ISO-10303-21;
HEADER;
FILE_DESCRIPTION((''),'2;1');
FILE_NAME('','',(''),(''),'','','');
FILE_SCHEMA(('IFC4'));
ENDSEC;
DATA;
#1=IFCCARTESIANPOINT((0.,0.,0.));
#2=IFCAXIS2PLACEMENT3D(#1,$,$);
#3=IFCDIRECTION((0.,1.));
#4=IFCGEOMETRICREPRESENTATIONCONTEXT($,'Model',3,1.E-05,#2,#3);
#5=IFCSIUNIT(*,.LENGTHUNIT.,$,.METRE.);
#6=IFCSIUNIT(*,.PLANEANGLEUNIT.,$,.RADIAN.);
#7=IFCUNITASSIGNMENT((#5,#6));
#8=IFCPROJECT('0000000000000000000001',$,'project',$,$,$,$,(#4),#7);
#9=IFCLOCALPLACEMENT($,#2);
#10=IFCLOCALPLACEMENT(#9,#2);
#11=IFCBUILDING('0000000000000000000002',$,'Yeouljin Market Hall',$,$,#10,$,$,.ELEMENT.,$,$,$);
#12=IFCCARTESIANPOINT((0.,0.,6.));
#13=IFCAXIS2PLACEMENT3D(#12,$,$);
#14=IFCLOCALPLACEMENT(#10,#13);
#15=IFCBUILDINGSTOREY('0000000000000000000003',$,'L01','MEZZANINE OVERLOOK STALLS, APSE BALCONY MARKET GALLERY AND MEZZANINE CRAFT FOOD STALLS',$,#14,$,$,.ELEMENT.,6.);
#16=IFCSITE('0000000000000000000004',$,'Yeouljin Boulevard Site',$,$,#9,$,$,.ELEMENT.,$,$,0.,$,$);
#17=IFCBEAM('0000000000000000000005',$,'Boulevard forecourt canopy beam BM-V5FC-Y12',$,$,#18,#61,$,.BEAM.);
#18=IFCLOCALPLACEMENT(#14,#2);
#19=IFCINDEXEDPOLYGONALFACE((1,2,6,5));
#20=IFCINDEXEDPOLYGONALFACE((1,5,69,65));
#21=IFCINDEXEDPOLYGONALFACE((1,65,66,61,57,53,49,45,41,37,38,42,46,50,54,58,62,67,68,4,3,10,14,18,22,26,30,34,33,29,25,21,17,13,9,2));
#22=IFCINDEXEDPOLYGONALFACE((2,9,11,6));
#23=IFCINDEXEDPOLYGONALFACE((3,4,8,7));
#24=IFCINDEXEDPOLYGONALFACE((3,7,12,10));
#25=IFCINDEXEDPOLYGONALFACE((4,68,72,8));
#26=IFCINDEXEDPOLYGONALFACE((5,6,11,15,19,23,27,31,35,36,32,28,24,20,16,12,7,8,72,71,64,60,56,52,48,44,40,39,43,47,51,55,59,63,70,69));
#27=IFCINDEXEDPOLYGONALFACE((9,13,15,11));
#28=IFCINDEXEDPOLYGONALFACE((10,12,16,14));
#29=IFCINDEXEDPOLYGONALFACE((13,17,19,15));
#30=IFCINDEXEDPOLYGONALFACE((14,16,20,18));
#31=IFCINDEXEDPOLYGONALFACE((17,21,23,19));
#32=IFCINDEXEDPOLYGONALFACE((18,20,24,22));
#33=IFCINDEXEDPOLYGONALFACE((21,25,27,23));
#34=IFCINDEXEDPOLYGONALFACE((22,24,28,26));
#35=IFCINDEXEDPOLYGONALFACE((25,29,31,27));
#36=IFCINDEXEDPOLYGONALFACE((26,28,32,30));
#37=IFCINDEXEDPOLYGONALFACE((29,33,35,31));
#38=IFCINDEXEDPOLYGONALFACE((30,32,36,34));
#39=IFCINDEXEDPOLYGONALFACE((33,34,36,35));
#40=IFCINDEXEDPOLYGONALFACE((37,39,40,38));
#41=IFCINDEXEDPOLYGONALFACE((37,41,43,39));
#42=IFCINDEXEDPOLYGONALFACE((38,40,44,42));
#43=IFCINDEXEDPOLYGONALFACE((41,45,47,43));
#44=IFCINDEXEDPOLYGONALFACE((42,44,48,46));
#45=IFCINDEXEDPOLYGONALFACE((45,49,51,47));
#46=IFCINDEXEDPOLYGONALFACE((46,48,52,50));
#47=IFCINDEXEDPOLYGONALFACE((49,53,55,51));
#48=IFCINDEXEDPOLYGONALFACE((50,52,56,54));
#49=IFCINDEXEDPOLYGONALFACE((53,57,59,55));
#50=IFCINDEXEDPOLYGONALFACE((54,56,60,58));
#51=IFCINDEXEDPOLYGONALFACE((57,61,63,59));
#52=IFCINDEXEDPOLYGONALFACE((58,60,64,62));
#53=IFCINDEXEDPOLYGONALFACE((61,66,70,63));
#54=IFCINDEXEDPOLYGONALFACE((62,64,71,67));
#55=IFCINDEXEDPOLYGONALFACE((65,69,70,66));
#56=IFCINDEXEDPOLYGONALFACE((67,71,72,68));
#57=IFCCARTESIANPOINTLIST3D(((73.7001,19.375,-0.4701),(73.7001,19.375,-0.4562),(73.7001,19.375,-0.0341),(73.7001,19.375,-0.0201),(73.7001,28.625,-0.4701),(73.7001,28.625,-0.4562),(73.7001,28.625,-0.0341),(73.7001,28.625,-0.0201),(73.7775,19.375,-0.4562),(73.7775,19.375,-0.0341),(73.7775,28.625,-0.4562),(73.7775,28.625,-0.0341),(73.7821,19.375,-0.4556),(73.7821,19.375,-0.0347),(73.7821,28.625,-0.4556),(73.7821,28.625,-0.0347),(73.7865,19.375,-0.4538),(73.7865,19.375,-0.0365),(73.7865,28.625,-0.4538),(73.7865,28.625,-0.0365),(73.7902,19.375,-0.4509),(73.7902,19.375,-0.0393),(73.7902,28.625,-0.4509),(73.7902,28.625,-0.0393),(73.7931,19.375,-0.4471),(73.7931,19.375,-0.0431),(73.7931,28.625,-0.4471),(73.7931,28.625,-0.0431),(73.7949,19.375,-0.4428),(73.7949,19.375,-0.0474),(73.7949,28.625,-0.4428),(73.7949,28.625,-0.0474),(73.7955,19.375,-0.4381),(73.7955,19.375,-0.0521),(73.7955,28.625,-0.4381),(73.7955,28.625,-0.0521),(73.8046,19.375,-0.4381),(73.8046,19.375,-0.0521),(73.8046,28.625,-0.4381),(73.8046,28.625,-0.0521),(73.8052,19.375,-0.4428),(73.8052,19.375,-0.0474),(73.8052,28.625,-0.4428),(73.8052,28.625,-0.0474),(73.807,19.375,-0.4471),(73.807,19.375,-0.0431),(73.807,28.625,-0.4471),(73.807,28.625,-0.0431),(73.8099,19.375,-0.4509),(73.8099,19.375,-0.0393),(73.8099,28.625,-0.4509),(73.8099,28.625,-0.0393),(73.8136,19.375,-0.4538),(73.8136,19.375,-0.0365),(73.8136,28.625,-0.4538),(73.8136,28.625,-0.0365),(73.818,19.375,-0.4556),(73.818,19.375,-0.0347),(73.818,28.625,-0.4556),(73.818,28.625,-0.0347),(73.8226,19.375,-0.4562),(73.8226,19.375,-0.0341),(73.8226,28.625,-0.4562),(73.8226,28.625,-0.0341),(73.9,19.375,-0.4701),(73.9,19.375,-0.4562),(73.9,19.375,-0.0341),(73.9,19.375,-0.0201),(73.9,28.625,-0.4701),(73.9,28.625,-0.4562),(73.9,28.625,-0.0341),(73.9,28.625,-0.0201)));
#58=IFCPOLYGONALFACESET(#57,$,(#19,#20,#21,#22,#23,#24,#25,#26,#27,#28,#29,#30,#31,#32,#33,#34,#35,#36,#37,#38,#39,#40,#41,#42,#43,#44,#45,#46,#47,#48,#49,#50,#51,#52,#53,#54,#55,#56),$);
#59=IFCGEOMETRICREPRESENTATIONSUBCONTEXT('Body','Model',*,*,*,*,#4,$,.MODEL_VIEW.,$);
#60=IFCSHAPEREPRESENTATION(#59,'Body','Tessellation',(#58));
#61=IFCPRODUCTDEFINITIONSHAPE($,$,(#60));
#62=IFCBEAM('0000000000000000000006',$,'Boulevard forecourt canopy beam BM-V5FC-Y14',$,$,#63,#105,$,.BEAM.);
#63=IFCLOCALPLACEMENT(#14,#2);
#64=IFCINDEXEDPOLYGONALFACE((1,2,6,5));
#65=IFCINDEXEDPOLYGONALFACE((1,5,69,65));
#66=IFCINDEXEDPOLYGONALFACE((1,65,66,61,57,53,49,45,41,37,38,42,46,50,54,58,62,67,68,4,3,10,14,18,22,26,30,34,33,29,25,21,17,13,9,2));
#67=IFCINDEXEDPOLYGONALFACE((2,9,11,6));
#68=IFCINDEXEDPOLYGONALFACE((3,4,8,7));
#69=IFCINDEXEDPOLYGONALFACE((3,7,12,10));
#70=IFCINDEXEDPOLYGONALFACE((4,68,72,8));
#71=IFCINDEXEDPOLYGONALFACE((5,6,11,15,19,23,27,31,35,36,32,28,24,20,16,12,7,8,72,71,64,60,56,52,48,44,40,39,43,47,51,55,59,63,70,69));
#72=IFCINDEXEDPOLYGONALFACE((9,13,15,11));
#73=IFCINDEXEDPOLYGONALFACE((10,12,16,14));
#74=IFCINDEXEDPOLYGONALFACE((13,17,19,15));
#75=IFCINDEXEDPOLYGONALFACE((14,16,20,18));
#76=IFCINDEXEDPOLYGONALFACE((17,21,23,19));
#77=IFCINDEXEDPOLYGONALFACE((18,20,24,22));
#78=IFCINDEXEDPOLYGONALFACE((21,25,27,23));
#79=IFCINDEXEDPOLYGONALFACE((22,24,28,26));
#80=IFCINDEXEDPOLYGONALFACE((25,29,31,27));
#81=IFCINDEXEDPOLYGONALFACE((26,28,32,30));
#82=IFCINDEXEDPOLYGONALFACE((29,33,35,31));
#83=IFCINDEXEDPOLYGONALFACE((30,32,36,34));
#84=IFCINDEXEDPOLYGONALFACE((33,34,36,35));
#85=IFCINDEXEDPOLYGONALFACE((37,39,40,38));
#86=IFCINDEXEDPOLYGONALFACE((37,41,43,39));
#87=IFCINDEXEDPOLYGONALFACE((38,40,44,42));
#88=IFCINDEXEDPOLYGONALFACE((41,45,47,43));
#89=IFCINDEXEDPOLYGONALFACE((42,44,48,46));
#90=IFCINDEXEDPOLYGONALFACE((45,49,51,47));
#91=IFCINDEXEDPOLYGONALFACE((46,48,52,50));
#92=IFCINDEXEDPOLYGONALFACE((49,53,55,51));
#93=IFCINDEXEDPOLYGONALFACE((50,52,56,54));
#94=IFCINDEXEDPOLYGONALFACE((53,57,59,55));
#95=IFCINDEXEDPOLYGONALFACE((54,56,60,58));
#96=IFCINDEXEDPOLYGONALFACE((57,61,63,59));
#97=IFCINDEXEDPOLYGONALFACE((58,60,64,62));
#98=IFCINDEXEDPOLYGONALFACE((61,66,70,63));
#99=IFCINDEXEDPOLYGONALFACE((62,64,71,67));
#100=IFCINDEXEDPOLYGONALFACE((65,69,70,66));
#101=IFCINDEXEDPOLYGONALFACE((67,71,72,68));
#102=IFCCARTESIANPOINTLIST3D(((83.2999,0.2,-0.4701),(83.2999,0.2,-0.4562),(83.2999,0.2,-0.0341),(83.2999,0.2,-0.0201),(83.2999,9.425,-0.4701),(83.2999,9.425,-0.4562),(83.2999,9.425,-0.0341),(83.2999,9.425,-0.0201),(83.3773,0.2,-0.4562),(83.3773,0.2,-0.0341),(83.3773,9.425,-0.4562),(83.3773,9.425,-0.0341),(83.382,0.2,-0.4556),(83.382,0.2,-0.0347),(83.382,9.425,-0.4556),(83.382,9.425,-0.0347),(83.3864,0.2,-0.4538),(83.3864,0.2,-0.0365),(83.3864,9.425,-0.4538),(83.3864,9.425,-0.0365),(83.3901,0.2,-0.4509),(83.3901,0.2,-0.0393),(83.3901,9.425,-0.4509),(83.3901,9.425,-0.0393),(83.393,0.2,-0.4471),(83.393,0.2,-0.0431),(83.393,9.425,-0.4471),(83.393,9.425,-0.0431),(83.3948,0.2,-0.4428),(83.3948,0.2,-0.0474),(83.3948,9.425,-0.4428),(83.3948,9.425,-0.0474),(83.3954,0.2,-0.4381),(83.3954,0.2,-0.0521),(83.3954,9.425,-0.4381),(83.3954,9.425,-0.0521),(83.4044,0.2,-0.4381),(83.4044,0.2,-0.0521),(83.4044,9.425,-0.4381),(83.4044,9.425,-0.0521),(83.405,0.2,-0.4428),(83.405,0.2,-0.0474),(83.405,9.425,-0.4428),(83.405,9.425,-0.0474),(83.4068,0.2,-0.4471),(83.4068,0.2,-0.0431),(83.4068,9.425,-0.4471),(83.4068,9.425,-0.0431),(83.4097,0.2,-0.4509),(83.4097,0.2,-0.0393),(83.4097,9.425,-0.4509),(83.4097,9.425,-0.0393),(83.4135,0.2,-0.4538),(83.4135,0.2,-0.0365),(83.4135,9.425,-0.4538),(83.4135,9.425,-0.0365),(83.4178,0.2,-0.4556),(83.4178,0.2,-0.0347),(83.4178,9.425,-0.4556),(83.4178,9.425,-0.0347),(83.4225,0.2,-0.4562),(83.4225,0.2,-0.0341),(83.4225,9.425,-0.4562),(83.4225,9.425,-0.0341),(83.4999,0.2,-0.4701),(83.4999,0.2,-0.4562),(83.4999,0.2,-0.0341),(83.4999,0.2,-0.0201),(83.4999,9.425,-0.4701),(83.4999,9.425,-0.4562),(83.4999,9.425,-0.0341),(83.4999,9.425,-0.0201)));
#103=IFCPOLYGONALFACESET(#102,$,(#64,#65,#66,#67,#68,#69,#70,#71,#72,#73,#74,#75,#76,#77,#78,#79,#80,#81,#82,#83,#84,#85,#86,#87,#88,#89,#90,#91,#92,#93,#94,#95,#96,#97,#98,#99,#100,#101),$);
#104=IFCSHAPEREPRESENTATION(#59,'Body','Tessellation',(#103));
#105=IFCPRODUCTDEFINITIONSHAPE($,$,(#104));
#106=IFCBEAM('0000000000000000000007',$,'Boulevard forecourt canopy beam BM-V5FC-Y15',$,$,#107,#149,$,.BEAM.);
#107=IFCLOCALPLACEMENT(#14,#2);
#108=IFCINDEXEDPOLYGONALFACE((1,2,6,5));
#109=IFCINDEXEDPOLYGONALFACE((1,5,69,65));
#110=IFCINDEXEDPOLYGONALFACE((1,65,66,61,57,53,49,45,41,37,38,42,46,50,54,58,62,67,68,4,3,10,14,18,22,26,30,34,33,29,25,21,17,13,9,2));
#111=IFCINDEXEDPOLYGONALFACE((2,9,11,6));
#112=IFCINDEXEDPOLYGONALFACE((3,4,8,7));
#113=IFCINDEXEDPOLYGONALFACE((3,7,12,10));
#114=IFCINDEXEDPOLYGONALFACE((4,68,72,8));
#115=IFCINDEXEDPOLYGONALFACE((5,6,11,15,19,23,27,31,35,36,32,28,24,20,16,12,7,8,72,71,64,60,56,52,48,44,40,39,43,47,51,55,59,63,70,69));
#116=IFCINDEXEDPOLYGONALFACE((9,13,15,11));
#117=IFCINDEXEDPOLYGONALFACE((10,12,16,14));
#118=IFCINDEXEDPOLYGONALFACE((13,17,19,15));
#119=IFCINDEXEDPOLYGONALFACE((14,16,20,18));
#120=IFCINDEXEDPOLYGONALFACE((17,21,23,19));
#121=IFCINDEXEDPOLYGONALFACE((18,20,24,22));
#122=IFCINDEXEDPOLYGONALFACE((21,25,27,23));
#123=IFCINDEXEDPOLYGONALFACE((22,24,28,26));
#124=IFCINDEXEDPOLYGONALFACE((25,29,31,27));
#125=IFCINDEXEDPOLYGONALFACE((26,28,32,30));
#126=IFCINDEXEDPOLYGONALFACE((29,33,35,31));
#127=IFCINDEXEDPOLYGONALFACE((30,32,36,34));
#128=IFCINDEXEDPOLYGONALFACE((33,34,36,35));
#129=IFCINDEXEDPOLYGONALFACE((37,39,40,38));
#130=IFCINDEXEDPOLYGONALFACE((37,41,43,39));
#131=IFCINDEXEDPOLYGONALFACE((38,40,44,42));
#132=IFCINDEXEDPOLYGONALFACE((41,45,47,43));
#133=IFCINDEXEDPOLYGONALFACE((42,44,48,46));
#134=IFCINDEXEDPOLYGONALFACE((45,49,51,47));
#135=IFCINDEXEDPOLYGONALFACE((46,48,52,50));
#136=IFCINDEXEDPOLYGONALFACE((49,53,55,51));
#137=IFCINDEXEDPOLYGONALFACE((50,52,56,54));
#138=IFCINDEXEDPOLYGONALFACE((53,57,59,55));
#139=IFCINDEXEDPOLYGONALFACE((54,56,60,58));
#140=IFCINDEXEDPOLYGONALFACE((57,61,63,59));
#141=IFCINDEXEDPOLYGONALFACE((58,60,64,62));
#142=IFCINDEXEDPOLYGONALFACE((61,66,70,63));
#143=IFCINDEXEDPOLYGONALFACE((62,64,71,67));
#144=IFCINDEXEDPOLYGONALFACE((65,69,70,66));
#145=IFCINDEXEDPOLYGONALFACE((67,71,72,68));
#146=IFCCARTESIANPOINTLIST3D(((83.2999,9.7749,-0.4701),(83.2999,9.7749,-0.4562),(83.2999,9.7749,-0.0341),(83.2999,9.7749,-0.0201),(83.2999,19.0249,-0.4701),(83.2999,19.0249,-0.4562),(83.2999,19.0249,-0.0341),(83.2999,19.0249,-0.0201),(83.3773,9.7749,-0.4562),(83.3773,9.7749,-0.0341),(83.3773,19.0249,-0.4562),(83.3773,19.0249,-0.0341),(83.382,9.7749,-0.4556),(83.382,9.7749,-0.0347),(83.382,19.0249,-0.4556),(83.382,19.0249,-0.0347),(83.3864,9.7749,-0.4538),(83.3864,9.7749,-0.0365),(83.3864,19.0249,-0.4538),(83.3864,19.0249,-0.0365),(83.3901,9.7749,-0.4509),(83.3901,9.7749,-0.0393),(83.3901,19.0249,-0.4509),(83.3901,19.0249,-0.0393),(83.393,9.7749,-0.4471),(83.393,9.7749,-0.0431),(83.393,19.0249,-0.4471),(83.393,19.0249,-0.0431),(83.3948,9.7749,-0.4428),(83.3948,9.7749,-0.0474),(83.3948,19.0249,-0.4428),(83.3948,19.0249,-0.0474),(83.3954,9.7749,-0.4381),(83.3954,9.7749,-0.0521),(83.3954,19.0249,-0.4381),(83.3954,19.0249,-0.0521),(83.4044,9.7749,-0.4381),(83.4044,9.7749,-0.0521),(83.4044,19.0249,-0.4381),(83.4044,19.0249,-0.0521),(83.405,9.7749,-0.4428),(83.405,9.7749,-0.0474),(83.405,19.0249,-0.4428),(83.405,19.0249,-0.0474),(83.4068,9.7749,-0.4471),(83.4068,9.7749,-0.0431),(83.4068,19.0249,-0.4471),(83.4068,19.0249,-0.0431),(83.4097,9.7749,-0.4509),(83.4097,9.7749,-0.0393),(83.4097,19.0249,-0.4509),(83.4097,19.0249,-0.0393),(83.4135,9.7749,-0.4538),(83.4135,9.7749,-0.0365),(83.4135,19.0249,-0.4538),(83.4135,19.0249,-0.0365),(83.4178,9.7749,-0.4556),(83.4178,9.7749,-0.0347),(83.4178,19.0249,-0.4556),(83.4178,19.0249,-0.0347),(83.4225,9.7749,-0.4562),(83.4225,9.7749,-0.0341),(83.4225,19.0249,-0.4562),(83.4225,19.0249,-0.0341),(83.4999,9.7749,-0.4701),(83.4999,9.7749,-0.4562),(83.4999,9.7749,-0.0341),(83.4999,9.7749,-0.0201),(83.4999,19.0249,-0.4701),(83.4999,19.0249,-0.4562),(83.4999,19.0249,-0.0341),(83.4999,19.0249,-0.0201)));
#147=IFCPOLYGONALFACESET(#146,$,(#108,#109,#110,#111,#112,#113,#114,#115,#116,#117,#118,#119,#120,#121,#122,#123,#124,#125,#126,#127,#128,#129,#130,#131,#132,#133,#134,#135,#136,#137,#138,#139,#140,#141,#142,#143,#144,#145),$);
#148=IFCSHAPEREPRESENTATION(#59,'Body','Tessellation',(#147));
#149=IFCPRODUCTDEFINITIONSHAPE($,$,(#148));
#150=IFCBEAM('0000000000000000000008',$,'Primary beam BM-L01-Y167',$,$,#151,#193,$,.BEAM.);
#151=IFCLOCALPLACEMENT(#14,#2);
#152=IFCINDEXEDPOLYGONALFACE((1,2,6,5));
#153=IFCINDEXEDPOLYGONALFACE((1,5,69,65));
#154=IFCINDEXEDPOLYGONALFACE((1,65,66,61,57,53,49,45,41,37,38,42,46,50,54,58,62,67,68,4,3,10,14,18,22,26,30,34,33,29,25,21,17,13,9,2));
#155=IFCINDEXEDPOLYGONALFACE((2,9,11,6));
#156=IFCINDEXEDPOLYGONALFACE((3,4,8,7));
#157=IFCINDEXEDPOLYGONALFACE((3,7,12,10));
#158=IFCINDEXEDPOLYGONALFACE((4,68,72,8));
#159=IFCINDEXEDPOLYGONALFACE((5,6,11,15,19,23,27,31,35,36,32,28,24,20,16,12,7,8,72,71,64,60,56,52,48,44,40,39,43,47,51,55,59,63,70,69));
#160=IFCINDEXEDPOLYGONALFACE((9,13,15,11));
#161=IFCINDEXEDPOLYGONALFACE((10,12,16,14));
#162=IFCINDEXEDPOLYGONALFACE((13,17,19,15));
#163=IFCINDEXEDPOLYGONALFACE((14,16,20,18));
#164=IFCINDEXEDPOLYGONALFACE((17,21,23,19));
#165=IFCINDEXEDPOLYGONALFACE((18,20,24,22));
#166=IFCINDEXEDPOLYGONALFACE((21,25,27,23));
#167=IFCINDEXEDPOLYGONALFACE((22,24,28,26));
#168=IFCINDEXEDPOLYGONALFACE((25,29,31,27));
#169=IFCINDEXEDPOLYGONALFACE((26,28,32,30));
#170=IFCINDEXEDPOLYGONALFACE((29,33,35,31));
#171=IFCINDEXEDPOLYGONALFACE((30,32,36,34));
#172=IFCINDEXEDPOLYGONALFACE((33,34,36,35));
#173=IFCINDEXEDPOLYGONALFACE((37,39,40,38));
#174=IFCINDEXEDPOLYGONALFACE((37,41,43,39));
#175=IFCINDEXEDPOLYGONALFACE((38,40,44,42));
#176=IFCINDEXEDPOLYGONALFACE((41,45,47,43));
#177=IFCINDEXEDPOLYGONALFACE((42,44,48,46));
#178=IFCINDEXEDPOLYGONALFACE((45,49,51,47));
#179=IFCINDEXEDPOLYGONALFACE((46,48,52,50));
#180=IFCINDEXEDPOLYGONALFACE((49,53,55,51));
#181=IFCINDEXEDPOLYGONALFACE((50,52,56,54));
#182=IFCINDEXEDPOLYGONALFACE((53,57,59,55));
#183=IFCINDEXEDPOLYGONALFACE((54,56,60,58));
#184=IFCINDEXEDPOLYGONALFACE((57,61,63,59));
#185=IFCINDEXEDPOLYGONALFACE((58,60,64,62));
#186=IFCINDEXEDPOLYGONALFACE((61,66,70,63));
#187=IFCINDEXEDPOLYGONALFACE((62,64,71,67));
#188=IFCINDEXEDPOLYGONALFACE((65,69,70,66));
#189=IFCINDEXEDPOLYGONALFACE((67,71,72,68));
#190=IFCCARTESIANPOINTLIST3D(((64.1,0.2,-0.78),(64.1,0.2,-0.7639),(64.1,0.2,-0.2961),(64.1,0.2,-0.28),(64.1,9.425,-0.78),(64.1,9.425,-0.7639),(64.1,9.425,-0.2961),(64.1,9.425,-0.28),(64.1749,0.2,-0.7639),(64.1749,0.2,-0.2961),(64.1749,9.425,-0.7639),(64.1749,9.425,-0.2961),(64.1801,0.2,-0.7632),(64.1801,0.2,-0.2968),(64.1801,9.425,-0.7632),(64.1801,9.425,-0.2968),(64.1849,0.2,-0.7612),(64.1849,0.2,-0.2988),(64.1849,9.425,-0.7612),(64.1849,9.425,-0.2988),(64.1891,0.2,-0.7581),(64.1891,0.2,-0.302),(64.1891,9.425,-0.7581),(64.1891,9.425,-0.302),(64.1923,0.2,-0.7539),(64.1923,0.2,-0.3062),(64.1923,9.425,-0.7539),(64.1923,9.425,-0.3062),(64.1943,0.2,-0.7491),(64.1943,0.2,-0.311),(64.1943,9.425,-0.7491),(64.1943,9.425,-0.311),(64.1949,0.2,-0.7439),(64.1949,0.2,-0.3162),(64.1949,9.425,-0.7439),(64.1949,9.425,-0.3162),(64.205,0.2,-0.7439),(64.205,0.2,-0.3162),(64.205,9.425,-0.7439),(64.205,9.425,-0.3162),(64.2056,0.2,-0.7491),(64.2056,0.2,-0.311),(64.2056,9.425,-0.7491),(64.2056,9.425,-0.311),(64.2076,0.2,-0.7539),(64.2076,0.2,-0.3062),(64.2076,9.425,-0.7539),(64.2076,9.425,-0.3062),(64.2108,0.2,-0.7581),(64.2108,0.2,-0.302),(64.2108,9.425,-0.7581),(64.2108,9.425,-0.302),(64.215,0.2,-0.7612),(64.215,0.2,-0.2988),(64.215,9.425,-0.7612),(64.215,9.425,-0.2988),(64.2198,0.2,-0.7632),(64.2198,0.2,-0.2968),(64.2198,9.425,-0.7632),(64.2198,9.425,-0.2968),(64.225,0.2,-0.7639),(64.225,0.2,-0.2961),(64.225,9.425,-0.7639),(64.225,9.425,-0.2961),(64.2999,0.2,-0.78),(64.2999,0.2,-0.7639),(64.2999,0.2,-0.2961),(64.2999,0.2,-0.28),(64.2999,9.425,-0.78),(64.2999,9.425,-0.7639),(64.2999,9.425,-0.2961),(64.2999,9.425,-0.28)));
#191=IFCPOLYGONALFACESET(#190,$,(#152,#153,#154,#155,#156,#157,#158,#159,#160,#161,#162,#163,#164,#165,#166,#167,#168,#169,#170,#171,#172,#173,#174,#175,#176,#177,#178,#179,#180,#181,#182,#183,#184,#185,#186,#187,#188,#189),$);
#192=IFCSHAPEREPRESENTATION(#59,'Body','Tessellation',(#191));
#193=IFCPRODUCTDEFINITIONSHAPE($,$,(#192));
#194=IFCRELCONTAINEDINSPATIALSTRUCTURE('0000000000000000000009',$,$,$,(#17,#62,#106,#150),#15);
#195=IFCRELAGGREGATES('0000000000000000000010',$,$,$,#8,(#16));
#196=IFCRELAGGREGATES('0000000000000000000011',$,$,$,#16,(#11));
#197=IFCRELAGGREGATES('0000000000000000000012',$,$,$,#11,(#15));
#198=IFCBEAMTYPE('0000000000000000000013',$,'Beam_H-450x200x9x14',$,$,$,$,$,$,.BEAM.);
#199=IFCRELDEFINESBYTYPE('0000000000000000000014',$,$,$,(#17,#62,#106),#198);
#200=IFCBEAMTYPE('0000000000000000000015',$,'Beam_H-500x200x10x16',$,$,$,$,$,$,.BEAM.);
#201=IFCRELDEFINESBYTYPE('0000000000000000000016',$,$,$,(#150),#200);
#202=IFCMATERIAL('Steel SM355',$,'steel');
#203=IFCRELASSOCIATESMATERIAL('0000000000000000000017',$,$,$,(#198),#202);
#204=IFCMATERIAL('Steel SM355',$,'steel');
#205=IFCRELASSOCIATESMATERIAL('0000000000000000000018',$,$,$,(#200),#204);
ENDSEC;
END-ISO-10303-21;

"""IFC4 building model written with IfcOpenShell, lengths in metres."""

from ifc_helpers import new_model, si_unit, direction, frame, origin, origin_2d, place, context, subcontext, project, spatial, i_section, extrude, material, material_profile, profile_set, type_object, element, save


model = new_model("IFC4")

# Units and contexts
model_context = context("Model", 3, precision=1e-05, world=origin(), true_north=direction((0.0, 1.0)))
body_context = subcontext(model_context, "Body", "Model", "MODEL_VIEW")
ifc_project = project(units=[si_unit("LENGTHUNIT", "METRE"), si_unit("PLANEANGLEUNIT", "RADIAN")], contexts=[model_context])

# Site, building, storey
site_placement = place(None, origin())
site = spatial("IfcSite", under=ifc_project, at=site_placement, Name="Yeouljin Boulevard Site", CompositionType="ELEMENT", RefElevation=0.0)
building_placement = place(site_placement, origin())
building = spatial("IfcBuilding", under=site, at=building_placement, Name="Yeouljin Market Hall", CompositionType="ELEMENT")
storey_placement = place(building_placement, frame((0.0, 0.0, 6.0)))
storey = spatial("IfcBuildingStorey", under=building, at=storey_placement, Name="L01", Description="MEZZANINE OVERLOOK STALLS, APSE BALCONY MARKET GALLERY AND MEZZANINE CRAFT FOOD STALLS", CompositionType="ELEMENT", Elevation=6.0)

# Beams
ifc_material_1 = material(Name="Steel SM355", Category="steel")
ifc_material_profile_1 = material_profile(ifc_material_1, i_section(OverallWidth=0.2, OverallDepth=0.45, WebThickness=0.009, FlangeThickness=0.0139, FilletRadius=0.0181, at=origin_2d()), Name="H-450x200x9x14")
ifc_profile_set_1 = profile_set([ifc_material_profile_1], Name="Steel SM355")
beam_type_1 = type_object("IfcBeamType", Name="Beam_H-450x200x9x14", PredefinedType="BEAM", material=ifc_profile_set_1)
for number, where, z_axis, x_axis, name in (
    (1, (73.8, 19.375, -0.2451), (0.0, 1.0, 0.0), (-1.0, 0.0, 0.0), "Boulevard forecourt canopy beam BM-V5FC-Y12"),
):
    element("IfcBeam", number, at=place(storey_placement, frame(where, z_axis=z_axis, x_axis=x_axis)), inside=storey, type_object=beam_type_1, Name=name, PredefinedType="BEAM", context=body_context, shape_type="SweptSolid", body=[
        extrude(i_section(OverallWidth=0.2, OverallDepth=0.45, WebThickness=0.009, FlangeThickness=0.0139, FilletRadius=0.0181, at=origin_2d()), origin(), (0.0, 0.0, 1.0), 9.25),
    ])
beam_1_placement = place(storey_placement, frame((83.3999, 0.2, -0.2451), z_axis=(0.0, 1.0, 0.0), x_axis=(-1.0, 0.0, 0.0)))
element("IfcBeam", 2, at=beam_1_placement, inside=storey, type_object=beam_type_1, Name="Boulevard forecourt canopy beam BM-V5FC-Y14", PredefinedType="BEAM", context=body_context, shape_type="SweptSolid", body=[
    extrude(i_section(OverallWidth=0.2, OverallDepth=0.45, WebThickness=0.009, FlangeThickness=0.0139, FilletRadius=0.0181, at=origin_2d()), origin(), (0.0, 0.0, 1.0), 9.2251),
])
beam_2_placement = place(storey_placement, frame((83.3999, 9.7749, -0.2451), z_axis=(0.0, 1.0, 0.0), x_axis=(-1.0, 0.0, 0.0)))
element("IfcBeam", 3, at=beam_2_placement, inside=storey, type_object=beam_type_1, Name="Boulevard forecourt canopy beam BM-V5FC-Y15", PredefinedType="BEAM", context=body_context, shape_type="SweptSolid", body=[
    extrude(i_section(OverallWidth=0.2, OverallDepth=0.45, WebThickness=0.009, FlangeThickness=0.0139, FilletRadius=0.0181, at=origin_2d()), origin(), (0.0, 0.0, 1.0), 9.25),
])
ifc_material_2 = material(Name="Steel SM355", Category="steel")
ifc_material_profile_2 = material_profile(ifc_material_2, i_section(OverallWidth=0.2, OverallDepth=0.5, WebThickness=0.01, FlangeThickness=0.0161, FilletRadius=0.02, at=origin_2d()), Name="H-500x200x10x16")
ifc_profile_set_2 = profile_set([ifc_material_profile_2], Name="Steel SM355")
beam_type_2 = type_object("IfcBeamType", Name="Beam_H-500x200x10x16", PredefinedType="BEAM", material=ifc_profile_set_2)
beam_3_placement = place(storey_placement, frame((64.2, 0.2, -0.53), z_axis=(0.0, 1.0, 0.0), x_axis=(-1.0, 0.0, 0.0)))
element("IfcBeam", 4, at=beam_3_placement, inside=storey, type_object=beam_type_2, Name="Primary beam BM-L01-Y167", PredefinedType="BEAM", context=body_context, shape_type="SweptSolid", body=[
    extrude(i_section(OverallWidth=0.2, OverallDepth=0.5, WebThickness=0.01, FlangeThickness=0.0161, FilletRadius=0.02, at=origin_2d()), origin(), (0.0, 0.0, 1.0), 9.2251),
])

save(model, "model.ifc")
